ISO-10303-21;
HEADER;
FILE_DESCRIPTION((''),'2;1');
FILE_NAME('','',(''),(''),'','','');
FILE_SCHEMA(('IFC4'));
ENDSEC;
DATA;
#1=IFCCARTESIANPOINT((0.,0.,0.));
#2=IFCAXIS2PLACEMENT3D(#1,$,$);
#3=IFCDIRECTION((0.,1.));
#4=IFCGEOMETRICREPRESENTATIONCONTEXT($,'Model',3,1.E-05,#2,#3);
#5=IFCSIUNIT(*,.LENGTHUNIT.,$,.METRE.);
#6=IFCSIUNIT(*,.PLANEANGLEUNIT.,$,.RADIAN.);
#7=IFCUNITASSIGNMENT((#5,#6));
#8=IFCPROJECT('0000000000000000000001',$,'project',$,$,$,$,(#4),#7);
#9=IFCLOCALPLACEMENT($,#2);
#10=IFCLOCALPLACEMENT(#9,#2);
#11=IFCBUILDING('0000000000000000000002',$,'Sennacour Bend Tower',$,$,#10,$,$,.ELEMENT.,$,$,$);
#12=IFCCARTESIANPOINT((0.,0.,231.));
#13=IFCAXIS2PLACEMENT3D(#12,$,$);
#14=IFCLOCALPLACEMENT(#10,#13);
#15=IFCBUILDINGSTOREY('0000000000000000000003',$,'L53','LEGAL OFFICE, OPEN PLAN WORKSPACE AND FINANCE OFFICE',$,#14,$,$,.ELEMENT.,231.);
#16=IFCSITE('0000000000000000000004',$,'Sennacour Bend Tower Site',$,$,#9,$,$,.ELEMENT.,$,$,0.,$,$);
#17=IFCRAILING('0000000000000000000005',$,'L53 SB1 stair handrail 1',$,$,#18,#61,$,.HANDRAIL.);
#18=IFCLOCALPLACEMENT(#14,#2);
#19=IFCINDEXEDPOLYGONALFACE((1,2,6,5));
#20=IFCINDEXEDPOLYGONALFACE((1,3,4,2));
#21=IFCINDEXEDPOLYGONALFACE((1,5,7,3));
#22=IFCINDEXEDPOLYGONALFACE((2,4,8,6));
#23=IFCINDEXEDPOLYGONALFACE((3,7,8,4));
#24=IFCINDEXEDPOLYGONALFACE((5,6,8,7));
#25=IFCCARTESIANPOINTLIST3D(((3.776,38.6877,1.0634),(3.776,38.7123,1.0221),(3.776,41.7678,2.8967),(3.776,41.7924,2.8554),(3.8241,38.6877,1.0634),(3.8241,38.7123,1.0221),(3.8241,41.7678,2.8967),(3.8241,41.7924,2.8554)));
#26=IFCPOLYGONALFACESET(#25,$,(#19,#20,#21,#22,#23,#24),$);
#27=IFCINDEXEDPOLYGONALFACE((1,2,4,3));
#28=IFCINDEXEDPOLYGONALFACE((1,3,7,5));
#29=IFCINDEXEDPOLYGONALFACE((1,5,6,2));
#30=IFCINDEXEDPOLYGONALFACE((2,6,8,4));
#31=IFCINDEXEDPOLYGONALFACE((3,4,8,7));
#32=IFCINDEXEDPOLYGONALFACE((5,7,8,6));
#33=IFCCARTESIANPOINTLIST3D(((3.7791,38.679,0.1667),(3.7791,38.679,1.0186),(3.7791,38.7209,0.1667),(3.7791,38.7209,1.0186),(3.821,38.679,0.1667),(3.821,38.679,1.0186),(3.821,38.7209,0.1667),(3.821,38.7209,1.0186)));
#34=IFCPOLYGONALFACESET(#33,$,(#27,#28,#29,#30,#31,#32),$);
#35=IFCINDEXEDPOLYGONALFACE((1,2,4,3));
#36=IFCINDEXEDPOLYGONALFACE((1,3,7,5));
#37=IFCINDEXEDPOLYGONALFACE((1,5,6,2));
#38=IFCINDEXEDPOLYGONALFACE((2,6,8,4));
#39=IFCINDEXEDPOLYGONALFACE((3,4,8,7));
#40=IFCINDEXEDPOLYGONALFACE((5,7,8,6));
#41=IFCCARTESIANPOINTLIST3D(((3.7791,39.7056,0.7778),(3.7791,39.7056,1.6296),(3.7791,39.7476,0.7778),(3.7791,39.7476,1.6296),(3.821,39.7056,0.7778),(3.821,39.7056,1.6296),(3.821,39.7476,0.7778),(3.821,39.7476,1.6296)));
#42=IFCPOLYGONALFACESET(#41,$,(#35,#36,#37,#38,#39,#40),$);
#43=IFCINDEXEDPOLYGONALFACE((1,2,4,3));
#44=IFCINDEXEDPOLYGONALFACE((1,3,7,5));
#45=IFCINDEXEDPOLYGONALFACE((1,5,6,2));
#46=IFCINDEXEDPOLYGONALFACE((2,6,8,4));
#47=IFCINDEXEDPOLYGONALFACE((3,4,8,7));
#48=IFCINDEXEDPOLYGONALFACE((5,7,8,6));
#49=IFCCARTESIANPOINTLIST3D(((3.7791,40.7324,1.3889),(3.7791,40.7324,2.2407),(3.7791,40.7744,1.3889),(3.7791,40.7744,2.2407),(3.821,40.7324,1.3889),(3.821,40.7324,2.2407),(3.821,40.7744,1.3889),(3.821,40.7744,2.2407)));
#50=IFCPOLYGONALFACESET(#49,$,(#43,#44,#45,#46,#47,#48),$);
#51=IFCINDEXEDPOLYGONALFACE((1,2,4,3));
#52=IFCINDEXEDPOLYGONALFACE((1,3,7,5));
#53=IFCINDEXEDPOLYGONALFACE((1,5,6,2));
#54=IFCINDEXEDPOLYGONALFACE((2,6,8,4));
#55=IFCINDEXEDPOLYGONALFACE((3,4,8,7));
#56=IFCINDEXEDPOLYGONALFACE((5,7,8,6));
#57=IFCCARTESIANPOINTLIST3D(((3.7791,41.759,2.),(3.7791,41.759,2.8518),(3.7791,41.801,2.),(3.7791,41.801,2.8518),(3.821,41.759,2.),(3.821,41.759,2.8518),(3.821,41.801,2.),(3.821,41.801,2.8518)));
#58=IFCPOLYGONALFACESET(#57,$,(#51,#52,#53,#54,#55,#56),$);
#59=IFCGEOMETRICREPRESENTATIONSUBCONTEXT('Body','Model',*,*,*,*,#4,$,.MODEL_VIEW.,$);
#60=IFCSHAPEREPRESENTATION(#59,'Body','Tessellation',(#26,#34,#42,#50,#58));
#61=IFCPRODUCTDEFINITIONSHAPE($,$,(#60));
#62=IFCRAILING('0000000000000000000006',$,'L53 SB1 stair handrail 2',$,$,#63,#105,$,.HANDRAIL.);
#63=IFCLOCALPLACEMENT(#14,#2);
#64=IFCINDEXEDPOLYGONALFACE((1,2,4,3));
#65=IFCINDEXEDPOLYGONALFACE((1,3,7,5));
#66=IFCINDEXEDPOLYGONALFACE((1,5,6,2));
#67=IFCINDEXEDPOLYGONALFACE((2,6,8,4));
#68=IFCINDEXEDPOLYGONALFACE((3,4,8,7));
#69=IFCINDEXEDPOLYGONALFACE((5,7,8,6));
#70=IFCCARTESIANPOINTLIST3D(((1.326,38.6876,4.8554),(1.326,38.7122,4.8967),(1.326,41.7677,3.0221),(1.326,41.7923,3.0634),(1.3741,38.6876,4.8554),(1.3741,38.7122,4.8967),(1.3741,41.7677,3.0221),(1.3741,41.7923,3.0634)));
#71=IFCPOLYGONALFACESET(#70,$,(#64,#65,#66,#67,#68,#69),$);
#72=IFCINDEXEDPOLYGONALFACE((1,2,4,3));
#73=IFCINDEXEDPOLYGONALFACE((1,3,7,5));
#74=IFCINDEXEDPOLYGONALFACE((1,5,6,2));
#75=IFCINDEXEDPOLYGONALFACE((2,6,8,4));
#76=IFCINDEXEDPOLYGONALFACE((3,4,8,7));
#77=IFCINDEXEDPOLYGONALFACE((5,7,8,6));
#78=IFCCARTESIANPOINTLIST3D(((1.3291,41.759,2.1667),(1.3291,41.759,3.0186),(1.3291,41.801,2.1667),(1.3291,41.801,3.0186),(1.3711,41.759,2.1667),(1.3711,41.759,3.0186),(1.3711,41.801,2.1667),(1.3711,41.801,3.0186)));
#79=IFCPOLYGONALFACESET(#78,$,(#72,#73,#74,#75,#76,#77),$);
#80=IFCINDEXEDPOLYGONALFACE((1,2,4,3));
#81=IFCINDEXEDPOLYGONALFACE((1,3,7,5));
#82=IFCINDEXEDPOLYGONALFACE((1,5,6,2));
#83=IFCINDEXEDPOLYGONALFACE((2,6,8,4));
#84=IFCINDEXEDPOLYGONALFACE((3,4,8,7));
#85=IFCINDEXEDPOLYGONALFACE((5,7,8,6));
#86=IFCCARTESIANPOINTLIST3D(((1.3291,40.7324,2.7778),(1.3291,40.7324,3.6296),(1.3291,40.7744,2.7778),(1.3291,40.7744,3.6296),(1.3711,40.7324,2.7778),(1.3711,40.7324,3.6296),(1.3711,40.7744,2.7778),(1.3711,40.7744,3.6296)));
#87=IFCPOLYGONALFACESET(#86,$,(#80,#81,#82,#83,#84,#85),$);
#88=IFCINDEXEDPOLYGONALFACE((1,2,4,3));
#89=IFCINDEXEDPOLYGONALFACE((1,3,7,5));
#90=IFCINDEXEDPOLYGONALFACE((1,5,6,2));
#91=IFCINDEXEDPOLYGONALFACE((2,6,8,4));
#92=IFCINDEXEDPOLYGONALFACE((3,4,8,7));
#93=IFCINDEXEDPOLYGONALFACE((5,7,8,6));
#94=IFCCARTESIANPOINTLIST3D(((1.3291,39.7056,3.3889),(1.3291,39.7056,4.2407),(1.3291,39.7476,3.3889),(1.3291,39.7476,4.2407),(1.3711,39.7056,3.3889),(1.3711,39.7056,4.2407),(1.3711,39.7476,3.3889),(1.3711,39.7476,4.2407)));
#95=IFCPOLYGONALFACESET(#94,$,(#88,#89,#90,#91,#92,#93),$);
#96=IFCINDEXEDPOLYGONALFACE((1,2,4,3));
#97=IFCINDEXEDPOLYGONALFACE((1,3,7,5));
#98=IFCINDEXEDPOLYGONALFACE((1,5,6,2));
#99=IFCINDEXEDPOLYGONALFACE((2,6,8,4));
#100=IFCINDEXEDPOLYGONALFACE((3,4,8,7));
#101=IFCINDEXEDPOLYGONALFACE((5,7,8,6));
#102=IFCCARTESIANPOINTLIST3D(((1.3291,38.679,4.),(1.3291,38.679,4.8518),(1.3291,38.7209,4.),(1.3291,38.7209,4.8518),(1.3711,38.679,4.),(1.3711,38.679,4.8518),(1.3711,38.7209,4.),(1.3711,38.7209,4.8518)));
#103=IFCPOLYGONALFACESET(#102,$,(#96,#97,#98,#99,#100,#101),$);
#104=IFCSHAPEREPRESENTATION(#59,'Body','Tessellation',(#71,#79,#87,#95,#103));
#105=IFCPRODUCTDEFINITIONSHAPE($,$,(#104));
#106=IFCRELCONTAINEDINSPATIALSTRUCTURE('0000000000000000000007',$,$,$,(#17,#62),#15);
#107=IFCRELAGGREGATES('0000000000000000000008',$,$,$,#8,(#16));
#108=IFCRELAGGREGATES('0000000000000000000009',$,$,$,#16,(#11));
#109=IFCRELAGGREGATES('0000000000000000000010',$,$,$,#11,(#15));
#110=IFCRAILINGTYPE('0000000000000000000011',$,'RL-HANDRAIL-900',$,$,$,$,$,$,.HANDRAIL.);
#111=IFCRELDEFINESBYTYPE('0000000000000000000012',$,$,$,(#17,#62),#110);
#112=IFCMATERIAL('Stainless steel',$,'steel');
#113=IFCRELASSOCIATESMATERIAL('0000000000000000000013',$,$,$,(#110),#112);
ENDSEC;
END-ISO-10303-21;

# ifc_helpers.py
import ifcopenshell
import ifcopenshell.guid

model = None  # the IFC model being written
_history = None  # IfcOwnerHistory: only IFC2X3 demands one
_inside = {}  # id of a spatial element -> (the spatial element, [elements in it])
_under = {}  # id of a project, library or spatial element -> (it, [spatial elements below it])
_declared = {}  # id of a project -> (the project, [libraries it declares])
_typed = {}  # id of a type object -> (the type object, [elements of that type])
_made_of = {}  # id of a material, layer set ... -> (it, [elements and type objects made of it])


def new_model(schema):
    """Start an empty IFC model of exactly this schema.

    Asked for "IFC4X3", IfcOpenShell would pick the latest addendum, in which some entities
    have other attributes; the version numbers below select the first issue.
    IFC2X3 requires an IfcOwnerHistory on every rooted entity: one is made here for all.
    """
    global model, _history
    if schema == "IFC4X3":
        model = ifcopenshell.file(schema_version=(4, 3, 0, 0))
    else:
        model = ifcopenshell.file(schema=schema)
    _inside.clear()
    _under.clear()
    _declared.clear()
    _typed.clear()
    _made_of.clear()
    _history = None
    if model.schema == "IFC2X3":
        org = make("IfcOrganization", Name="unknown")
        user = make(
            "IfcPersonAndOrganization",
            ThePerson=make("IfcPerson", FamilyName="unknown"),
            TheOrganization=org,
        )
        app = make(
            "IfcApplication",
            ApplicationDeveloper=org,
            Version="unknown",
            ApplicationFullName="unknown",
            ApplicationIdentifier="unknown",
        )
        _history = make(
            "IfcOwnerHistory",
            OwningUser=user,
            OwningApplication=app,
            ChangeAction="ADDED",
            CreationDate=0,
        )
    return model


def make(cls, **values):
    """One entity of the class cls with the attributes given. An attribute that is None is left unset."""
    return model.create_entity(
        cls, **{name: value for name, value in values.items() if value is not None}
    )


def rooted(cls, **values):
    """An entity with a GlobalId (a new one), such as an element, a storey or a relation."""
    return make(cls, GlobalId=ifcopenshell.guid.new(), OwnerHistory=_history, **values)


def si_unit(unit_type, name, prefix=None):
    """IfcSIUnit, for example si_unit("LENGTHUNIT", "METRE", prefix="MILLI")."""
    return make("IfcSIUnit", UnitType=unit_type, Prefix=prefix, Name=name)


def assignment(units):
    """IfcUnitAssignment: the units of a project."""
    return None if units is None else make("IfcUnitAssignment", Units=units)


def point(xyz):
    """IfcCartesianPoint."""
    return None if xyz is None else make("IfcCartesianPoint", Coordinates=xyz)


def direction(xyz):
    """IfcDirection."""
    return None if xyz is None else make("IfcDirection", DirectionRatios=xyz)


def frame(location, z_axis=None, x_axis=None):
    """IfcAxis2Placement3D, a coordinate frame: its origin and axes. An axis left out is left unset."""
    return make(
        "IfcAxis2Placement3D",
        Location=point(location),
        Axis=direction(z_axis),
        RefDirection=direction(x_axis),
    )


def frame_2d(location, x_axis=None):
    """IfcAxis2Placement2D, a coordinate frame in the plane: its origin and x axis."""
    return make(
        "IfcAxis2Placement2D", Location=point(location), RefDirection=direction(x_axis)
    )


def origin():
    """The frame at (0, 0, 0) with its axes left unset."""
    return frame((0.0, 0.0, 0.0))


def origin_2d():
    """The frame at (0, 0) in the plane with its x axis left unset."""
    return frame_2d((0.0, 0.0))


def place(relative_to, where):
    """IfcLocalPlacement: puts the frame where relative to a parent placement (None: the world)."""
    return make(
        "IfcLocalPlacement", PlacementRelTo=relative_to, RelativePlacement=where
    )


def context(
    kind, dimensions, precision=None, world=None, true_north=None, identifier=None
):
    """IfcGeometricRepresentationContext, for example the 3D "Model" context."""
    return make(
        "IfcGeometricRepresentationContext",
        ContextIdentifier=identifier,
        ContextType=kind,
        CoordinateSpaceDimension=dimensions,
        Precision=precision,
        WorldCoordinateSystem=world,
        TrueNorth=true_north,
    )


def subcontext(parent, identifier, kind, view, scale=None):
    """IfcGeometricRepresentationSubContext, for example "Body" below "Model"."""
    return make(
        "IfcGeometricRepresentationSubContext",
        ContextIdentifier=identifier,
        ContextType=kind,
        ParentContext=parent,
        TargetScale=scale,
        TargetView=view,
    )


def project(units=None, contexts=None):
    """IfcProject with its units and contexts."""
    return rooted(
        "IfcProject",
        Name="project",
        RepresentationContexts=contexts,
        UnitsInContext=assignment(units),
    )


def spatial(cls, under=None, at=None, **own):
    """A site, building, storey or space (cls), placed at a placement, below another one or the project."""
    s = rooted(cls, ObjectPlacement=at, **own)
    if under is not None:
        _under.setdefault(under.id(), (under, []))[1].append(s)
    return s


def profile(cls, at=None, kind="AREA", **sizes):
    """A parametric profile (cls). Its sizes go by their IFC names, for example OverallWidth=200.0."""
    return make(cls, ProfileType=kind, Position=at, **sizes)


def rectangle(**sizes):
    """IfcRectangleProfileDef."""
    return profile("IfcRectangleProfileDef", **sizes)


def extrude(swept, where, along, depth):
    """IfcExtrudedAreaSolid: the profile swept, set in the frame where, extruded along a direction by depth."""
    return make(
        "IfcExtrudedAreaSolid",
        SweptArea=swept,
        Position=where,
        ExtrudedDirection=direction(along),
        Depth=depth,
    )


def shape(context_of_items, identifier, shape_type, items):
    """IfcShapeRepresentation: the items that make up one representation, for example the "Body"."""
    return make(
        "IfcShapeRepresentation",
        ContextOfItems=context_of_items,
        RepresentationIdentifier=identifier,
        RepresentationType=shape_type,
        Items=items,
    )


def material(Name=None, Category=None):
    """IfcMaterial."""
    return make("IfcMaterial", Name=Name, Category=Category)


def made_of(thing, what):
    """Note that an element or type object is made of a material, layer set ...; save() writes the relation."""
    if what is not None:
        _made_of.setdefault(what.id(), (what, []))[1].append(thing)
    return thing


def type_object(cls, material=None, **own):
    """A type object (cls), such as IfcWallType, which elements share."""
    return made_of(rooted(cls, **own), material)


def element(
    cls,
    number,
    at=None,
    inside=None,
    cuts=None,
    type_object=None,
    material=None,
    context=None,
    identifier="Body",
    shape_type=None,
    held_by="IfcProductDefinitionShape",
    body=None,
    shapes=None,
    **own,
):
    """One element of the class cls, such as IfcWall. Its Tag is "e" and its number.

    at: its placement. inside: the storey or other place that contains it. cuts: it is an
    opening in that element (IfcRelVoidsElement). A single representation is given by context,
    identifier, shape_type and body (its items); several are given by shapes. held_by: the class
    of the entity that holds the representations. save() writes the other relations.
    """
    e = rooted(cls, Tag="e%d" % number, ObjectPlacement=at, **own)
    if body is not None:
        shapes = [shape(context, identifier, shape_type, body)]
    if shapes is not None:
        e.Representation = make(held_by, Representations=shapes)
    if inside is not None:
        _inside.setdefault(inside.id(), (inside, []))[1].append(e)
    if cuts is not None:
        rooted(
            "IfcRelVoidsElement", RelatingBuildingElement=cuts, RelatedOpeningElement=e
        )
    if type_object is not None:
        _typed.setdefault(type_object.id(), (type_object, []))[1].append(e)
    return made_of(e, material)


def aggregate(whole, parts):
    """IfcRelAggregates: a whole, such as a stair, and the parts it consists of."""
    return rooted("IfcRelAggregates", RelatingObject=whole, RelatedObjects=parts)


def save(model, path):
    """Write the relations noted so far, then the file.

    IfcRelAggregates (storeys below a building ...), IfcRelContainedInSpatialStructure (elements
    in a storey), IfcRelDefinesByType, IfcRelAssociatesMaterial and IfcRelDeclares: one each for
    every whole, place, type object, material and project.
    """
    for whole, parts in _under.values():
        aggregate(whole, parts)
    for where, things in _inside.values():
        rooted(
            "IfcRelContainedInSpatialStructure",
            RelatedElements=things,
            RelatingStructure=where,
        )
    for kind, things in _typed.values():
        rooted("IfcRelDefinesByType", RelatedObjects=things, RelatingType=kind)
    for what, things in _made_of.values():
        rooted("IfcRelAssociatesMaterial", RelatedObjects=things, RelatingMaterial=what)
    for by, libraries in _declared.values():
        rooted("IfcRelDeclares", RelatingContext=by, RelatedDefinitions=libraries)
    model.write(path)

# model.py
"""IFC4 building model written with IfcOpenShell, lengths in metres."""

from ifc_helpers import new_model, si_unit, direction, frame, origin, origin_2d, place, context, subcontext, project, spatial, rectangle, extrude, material, type_object, element, save


model = new_model("IFC4")

# Units and contexts
model_context = context("Model", 3, precision=1e-05, world=origin(), true_north=direction((0.0, 1.0)))
body_context = subcontext(model_context, "Body", "Model", "MODEL_VIEW")
ifc_project = project(units=[si_unit("LENGTHUNIT", "METRE"), si_unit("PLANEANGLEUNIT", "RADIAN")], contexts=[model_context])

# Site, building, storey
site_placement = place(None, origin())
site = spatial("IfcSite", under=ifc_project, at=site_placement, Name="Sennacour Bend Tower Site", CompositionType="ELEMENT", RefElevation=0.0)
building_placement = place(site_placement, origin())
building = spatial("IfcBuilding", under=site, at=building_placement, Name="Sennacour Bend Tower", CompositionType="ELEMENT")
storey_placement = place(building_placement, frame((0.0, 0.0, 231.0)))
storey = spatial("IfcBuildingStorey", under=building, at=storey_placement, Name="L53", Description="LEGAL OFFICE, OPEN PLAN WORKSPACE AND FINANCE OFFICE", CompositionType="ELEMENT", Elevation=231.0)

# Railings
ifc_material_1 = material(Name="Stainless steel", Category="steel")
railing_type_1 = type_object("IfcRailingType", Name="RL-HANDRAIL-900", PredefinedType="HANDRAIL", material=ifc_material_1)
railing_1_placement = place(storey_placement, frame((3.8, 38.7, 0.1667)))
element("IfcRailing", 1, at=railing_1_placement, inside=storey, type_object=railing_type_1, Name="L53 SB1 stair handrail 1", PredefinedType="HANDRAIL", context=body_context, shape_type="SweptSolid", body=[
    extrude(rectangle(XDim=0.0481, YDim=0.0481, at=origin_2d()), frame((0.0, 0.0, 0.876), z_axis=(0.0, 0.859309, 0.511458), x_axis=(-1.0, 0.0, 0.0)), (0.0, 0.0, 1.0), 3.5845),
    extrude(rectangle(XDim=0.042, YDim=0.042, at=origin_2d()), origin(), (0.0, 0.0, 1.0), 0.8518),
    extrude(rectangle(XDim=0.042, YDim=0.042, at=origin_2d()), frame((0.0, 1.0266, 0.6111)), (0.0, 0.0, 1.0), 0.8518),
    extrude(rectangle(XDim=0.042, YDim=0.042, at=origin_2d()), frame((0.0, 2.0535, 1.2222)), (0.0, 0.0, 1.0), 0.8518),
    extrude(rectangle(XDim=0.042, YDim=0.042, at=origin_2d()), frame((0.0, 3.0801, 1.8333)), (0.0, 0.0, 1.0), 0.8518),
])
railing_2_placement = place(storey_placement, frame((1.3501, 41.78, 2.1667)))
element("IfcRailing", 2, at=railing_2_placement, inside=storey, type_object=railing_type_1, Name="L53 SB1 stair handrail 2", PredefinedType="HANDRAIL", context=body_context, shape_type="SweptSolid", body=[
    extrude(rectangle(XDim=0.0481, YDim=0.0481, at=origin_2d()), frame((0.0, 0.0, 0.876), z_axis=(0.0, -0.859309, 0.511458), x_axis=(1.0, 0.0, 0.0)), (0.0, 0.0, 1.0), 3.5845),
    extrude(rectangle(XDim=0.042, YDim=0.042, at=origin_2d()), origin(), (0.0, 0.0, 1.0), 0.8518),
    extrude(rectangle(XDim=0.042, YDim=0.042, at=origin_2d()), frame((0.0, -1.0266, 0.6111)), (0.0, 0.0, 1.0), 0.8518),
    extrude(rectangle(XDim=0.042, YDim=0.042, at=origin_2d()), frame((0.0, -2.0535, 1.2222)), (0.0, 0.0, 1.0), 0.8518),
    extrude(rectangle(XDim=0.042, YDim=0.042, at=origin_2d()), frame((0.0, -3.0801, 1.8333)), (0.0, 0.0, 1.0), 0.8518),
])

save(model, "model.ifc")
